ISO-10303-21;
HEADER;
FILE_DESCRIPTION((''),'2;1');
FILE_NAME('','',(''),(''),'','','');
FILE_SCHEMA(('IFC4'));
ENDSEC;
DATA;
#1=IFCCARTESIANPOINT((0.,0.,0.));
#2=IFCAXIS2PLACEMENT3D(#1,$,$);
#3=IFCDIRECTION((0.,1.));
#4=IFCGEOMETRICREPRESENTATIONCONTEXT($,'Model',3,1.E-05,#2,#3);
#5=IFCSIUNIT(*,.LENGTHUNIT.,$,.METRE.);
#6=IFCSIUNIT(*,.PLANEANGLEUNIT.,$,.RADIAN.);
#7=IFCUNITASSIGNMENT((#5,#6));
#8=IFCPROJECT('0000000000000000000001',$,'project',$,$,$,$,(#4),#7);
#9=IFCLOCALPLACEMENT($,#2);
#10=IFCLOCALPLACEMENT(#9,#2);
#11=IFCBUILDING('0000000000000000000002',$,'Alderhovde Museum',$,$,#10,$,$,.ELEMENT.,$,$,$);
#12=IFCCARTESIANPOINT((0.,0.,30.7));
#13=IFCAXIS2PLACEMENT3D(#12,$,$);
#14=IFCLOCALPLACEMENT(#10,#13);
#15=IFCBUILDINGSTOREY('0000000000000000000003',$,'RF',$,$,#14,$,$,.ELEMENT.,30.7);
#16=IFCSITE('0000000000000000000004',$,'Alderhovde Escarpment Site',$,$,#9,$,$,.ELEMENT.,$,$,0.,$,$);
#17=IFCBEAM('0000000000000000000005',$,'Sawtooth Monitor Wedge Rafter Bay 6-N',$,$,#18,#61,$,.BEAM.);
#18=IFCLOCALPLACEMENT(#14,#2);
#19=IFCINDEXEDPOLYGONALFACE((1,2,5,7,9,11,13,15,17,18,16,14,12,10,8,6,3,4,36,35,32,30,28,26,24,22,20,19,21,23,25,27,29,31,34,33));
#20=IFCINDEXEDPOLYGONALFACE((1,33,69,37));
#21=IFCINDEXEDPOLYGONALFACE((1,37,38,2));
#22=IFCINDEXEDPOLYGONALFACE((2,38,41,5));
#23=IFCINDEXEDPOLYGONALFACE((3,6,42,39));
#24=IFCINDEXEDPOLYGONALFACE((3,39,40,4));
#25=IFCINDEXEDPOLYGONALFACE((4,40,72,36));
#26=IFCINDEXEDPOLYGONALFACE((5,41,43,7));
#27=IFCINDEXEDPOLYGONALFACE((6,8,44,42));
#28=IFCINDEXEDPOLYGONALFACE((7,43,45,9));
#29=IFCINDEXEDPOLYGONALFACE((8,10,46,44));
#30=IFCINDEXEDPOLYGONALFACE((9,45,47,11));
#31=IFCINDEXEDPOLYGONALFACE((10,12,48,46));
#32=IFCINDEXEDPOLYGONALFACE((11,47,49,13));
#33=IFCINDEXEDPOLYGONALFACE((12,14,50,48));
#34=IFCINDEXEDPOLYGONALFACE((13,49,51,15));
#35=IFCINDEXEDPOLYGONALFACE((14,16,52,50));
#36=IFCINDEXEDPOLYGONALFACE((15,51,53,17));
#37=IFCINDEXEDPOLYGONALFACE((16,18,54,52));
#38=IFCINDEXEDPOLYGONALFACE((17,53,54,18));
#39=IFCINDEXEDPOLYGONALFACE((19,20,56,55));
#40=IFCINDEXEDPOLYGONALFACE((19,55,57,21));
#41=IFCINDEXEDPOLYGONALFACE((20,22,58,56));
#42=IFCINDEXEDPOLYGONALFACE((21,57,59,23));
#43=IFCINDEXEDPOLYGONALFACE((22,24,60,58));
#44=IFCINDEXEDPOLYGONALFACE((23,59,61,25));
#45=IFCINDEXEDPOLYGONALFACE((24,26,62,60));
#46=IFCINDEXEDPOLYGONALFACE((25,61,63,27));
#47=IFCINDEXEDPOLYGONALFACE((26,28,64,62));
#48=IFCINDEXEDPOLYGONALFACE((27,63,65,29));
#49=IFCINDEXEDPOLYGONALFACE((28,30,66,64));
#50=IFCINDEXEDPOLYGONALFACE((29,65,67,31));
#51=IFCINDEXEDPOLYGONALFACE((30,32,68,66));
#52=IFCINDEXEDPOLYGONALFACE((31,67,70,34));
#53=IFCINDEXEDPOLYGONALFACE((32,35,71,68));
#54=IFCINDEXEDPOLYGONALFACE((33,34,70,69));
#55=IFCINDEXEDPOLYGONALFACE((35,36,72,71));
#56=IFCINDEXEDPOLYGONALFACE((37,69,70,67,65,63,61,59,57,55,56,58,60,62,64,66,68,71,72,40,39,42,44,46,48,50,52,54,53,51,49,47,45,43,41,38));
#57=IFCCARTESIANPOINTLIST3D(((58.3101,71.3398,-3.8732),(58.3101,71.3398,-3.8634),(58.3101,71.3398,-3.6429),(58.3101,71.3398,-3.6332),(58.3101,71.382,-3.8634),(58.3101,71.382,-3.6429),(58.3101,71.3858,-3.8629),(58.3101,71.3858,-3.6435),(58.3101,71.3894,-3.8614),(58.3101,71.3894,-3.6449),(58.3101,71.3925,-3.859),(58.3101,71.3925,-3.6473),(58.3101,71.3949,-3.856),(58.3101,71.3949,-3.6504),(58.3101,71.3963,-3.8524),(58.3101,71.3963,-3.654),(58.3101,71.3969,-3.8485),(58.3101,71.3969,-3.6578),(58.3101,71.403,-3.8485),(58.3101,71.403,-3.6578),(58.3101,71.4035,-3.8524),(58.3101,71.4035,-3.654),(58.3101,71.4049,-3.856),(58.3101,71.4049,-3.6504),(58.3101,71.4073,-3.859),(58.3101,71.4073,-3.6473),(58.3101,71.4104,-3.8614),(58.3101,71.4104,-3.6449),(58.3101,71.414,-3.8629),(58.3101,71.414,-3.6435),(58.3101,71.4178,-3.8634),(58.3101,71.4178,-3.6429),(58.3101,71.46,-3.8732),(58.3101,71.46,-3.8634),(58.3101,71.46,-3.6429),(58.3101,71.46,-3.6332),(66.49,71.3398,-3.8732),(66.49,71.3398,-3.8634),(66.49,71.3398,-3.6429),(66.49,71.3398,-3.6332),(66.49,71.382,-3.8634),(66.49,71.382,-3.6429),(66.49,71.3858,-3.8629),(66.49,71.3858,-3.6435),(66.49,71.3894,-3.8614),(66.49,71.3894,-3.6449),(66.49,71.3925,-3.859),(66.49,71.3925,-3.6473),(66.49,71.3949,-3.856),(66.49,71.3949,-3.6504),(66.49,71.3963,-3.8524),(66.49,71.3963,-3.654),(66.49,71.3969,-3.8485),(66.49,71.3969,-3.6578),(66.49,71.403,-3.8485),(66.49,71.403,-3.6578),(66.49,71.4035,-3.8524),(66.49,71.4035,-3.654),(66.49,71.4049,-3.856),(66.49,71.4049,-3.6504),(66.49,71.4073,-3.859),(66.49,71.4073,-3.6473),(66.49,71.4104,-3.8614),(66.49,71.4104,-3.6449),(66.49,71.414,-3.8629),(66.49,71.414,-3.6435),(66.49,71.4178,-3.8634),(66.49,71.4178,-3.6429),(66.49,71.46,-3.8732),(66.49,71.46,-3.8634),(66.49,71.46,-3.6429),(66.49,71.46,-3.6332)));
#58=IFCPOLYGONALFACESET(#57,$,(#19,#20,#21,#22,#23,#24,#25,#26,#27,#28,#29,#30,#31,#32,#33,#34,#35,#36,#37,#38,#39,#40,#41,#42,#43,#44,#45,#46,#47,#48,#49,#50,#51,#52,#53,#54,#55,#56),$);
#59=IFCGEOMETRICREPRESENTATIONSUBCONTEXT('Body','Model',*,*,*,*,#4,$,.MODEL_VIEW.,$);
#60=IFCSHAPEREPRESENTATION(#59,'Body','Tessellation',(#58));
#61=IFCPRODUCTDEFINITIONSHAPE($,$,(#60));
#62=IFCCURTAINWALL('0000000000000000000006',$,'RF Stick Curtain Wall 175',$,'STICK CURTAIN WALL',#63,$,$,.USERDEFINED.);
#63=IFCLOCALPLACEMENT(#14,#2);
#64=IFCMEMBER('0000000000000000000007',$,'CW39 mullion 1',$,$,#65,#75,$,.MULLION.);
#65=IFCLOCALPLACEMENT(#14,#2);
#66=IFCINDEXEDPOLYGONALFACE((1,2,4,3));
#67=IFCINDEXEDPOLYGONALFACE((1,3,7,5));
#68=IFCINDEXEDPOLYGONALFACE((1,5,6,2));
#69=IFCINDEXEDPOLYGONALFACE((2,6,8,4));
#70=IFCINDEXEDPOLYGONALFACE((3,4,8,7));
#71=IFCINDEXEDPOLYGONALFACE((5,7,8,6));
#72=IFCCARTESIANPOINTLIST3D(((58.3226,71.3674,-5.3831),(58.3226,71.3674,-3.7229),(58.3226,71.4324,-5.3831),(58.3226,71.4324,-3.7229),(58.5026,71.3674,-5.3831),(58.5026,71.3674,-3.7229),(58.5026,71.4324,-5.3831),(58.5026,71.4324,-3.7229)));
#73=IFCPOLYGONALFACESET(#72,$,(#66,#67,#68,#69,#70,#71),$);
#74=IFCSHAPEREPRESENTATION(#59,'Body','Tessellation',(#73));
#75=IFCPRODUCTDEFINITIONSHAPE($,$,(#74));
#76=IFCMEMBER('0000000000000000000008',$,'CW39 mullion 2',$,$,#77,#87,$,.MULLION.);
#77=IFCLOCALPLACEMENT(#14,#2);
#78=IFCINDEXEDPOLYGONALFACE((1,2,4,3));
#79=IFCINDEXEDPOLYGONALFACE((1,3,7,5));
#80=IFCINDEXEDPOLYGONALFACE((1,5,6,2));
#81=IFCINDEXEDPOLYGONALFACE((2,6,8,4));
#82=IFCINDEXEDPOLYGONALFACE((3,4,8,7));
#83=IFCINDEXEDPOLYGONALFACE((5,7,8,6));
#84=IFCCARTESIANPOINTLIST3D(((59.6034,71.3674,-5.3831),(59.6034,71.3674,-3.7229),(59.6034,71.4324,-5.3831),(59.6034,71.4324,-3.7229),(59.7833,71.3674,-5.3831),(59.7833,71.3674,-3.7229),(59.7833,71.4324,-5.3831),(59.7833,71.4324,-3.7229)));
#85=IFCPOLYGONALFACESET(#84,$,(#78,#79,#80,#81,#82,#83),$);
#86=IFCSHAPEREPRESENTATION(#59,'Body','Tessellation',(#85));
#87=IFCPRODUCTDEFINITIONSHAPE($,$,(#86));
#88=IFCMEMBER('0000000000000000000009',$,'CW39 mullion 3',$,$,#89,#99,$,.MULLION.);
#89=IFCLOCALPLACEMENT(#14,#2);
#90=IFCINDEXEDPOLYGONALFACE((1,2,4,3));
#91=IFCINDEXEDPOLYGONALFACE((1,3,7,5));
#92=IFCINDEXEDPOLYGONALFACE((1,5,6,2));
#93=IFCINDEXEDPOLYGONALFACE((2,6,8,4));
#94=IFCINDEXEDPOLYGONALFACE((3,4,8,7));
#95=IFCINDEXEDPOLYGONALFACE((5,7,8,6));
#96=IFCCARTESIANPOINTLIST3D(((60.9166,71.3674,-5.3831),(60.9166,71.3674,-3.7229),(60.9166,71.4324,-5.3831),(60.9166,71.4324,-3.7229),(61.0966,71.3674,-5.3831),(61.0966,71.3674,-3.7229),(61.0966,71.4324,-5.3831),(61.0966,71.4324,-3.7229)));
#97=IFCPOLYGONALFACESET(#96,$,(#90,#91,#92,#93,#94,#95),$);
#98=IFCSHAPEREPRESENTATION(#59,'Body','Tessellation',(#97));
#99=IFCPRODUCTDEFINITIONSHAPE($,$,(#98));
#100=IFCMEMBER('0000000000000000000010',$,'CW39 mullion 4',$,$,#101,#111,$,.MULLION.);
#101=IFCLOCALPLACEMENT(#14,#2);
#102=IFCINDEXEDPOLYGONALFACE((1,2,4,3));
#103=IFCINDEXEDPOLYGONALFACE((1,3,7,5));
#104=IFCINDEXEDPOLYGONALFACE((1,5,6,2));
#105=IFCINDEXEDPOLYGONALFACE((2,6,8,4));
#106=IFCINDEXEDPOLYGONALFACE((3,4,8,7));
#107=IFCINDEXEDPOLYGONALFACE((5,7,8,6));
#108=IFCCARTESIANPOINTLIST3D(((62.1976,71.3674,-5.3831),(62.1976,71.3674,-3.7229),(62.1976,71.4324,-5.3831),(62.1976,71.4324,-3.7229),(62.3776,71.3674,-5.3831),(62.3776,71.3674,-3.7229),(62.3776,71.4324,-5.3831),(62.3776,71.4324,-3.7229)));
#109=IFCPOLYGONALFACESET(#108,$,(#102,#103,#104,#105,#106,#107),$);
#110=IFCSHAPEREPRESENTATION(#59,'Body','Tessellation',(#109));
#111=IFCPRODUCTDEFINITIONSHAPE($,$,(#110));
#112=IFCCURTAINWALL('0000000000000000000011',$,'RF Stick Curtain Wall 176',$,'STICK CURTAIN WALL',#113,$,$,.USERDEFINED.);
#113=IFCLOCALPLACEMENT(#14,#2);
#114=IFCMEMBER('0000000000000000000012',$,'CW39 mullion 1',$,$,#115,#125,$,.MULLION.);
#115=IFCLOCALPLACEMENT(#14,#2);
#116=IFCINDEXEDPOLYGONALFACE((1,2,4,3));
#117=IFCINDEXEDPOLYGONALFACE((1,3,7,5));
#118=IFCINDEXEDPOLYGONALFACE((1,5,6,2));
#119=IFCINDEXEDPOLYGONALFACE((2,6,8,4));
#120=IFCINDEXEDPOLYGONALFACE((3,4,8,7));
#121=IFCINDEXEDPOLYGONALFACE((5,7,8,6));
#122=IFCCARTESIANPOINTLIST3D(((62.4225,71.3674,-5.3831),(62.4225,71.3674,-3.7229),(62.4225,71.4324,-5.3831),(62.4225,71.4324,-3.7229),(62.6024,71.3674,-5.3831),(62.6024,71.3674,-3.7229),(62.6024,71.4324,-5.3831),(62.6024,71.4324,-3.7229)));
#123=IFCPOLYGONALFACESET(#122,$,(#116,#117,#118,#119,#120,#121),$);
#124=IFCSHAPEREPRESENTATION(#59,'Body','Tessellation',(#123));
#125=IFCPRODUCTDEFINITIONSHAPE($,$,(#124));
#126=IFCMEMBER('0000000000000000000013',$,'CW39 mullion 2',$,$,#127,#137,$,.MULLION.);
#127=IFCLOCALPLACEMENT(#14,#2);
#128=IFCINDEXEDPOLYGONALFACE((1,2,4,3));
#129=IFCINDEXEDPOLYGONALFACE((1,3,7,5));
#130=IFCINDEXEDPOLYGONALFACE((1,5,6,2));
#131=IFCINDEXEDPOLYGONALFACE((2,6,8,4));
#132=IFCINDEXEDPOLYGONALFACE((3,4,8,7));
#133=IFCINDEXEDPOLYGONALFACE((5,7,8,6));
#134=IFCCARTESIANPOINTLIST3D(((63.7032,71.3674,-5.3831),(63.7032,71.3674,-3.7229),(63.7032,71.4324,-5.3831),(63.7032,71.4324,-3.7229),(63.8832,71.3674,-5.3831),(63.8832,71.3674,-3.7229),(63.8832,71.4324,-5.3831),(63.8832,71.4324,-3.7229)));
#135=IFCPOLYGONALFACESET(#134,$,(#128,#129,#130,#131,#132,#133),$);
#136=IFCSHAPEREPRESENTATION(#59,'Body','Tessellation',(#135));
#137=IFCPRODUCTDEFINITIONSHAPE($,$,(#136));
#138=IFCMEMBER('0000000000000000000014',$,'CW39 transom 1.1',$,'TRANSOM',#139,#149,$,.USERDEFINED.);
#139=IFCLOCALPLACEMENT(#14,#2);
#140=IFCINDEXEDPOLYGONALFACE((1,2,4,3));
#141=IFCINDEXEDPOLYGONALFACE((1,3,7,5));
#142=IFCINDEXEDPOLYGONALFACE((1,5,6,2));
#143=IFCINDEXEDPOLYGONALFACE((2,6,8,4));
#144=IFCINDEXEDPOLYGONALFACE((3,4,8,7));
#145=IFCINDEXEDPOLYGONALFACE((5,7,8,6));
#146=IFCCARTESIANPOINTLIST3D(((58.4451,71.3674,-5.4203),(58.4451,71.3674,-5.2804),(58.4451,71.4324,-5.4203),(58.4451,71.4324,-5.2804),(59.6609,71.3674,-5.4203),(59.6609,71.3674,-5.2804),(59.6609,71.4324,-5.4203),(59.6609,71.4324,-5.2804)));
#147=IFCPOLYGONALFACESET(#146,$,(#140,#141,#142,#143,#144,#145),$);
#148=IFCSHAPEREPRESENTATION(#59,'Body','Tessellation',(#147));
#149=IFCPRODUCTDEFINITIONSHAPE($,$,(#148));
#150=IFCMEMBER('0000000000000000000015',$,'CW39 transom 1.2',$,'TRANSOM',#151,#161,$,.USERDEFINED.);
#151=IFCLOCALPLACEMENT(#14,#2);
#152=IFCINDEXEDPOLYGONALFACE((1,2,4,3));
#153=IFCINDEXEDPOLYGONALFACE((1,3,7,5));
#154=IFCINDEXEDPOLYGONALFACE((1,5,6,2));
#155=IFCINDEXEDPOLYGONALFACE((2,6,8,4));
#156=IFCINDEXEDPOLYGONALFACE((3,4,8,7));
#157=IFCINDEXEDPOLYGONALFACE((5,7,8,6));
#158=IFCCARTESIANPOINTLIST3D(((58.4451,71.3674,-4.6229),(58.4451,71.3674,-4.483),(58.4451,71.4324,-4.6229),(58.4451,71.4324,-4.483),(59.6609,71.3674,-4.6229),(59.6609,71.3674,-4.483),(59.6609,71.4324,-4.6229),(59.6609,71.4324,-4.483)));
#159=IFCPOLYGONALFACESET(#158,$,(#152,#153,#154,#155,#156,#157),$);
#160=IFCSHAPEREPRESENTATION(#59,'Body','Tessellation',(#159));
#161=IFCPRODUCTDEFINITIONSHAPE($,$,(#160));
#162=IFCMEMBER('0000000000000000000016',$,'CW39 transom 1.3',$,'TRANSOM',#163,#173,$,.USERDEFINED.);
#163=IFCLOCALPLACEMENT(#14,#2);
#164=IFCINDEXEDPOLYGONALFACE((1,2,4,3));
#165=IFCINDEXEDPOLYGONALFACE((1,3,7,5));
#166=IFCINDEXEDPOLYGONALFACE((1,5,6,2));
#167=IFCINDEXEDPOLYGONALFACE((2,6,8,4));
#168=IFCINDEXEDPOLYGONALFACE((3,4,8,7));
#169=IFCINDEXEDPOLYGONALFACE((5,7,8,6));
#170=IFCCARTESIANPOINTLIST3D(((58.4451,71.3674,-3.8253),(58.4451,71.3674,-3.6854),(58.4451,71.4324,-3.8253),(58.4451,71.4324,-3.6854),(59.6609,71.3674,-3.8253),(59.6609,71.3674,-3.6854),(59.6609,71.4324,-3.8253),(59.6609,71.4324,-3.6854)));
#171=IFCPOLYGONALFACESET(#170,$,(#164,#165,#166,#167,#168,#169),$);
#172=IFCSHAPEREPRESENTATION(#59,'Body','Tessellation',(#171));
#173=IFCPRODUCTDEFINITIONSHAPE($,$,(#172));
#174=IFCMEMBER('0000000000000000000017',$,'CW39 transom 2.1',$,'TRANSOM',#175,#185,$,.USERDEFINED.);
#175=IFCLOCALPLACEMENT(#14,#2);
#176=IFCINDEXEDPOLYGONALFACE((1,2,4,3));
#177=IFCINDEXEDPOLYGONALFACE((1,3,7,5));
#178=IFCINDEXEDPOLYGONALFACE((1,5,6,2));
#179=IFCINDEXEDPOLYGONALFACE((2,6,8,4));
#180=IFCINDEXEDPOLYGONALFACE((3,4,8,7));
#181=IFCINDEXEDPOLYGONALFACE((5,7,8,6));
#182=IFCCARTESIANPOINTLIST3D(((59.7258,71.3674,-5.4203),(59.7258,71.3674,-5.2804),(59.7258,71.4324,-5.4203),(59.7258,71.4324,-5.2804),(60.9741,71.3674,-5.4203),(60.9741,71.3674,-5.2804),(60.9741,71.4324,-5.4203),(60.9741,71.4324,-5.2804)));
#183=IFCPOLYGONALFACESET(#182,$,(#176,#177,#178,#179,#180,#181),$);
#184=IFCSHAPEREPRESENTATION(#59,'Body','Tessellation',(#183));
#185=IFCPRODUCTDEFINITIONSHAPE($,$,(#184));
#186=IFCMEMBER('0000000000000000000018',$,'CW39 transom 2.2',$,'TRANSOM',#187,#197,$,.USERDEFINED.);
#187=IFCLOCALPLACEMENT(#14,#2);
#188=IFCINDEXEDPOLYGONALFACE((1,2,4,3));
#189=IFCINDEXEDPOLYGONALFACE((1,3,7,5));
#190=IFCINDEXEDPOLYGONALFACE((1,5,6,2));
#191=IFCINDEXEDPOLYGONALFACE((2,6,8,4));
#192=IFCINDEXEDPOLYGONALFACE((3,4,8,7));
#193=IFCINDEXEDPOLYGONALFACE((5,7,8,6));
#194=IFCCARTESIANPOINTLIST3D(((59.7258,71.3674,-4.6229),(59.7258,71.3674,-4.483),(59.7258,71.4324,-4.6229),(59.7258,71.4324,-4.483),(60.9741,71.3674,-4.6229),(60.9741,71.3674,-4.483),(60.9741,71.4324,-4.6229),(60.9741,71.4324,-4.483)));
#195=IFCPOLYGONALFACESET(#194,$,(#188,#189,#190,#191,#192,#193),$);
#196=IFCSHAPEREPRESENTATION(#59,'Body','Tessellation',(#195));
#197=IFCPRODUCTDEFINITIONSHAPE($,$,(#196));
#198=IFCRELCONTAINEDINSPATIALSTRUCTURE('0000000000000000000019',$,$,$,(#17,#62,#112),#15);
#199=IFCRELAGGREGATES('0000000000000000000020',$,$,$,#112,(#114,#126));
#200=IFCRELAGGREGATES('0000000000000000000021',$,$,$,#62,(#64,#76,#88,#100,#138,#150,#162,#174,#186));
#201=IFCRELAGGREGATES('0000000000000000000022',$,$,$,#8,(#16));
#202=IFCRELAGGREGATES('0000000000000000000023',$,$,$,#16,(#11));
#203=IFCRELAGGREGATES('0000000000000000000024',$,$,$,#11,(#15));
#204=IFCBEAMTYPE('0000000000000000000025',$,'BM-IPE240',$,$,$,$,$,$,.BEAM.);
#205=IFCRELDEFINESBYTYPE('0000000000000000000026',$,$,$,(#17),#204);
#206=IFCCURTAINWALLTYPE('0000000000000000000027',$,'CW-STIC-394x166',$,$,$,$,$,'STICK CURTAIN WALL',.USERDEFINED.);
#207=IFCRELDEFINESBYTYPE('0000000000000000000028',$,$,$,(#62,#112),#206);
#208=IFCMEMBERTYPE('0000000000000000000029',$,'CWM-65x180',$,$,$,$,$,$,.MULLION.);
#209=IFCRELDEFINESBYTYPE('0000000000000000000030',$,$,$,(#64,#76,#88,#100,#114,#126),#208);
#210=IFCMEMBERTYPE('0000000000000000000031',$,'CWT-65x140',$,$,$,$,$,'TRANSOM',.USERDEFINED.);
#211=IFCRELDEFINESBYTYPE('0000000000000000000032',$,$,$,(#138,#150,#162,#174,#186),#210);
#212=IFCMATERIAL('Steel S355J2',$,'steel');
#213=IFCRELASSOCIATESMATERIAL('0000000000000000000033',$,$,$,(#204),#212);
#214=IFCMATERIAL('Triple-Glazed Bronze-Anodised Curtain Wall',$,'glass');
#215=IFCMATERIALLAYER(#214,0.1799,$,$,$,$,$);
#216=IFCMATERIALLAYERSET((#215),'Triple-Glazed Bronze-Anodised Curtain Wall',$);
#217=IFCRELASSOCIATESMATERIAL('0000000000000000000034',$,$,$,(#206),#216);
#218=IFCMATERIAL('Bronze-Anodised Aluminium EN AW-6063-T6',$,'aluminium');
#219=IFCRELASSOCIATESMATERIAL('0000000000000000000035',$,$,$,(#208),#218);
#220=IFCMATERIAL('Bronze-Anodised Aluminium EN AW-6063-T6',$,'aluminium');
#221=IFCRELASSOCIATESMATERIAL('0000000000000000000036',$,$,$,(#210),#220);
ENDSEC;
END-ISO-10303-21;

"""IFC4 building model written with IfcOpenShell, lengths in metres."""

from ifc_helpers import new_model, si_unit, direction, frame, origin, origin_2d, place, context, subcontext, project, spatial, rectangle, i_section, extrude, material, layer, layer_set, material_profile, profile_set, type_object, element, aggregate, save


model = new_model("IFC4")

# Units and contexts
model_context = context("Model", 3, precision=1e-05, world=origin(), true_north=direction((0.0, 1.0)))
body_context = subcontext(model_context, "Body", "Model", "MODEL_VIEW")
ifc_project = project(units=[si_unit("LENGTHUNIT", "METRE"), si_unit("PLANEANGLEUNIT", "RADIAN")], contexts=[model_context])

# Site, building, storey
site_placement = place(None, origin())
site = spatial("IfcSite", under=ifc_project, at=site_placement, Name="Alderhovde Escarpment Site", CompositionType="ELEMENT", RefElevation=0.0)
building_placement = place(site_placement, origin())
building = spatial("IfcBuilding", under=site, at=building_placement, Name="Alderhovde Museum", CompositionType="ELEMENT")
storey_placement = place(building_placement, frame((0.0, 0.0, 30.7)))
storey = spatial("IfcBuildingStorey", under=building, at=storey_placement, Name="RF", CompositionType="ELEMENT", Elevation=30.7)

# Beam
ifc_material_1 = material(Name="Steel S355J2", Category="steel")
ifc_material_profile_1 = material_profile(ifc_material_1, i_section(OverallWidth=0.1201, OverallDepth=0.24, WebThickness=0.0061, FlangeThickness=0.0098, FilletRadius=0.0149, at=origin_2d()), Name="IPE 240")
ifc_profile_set_1 = profile_set([ifc_material_profile_1], Name="Steel S355J2")
beam_type = type_object("IfcBeamType", Name="BM-IPE240", PredefinedType="BEAM", material=ifc_profile_set_1)
beam_placement = place(storey_placement, frame((58.3101, 71.3999, -3.7532), z_axis=(1.0, 0.0, 0.0), x_axis=(0.0, 1.0, 0.0)))
element("IfcBeam", 1, at=beam_placement, inside=storey, type_object=beam_type, Name="Sawtooth Monitor Wedge Rafter Bay 6-N", PredefinedType="BEAM", context=body_context, shape_type="SweptSolid", body=[
    extrude(i_section(OverallWidth=0.1201, OverallDepth=0.24, WebThickness=0.0061, FlangeThickness=0.0098, FilletRadius=0.0149, at=origin_2d()), origin(), (0.0, 0.0, 1.0), 8.1799),
])

# Curtain walls, members
ifc_material_2 = material(Name="Triple-Glazed Bronze-Anodised Curtain Wall", Category="glass")
ifc_layer_1 = layer(ifc_material_2, 0.1799)
ifc_layer_set_1 = layer_set([ifc_layer_1], Name="Triple-Glazed Bronze-Anodised Curtain Wall")
curtain_wall_type = type_object("IfcCurtainWallType", Name="CW-STIC-394x166", ElementType="STICK CURTAIN WALL", PredefinedType="USERDEFINED", material=ifc_layer_set_1)
curtain_wall_1_placement = place(storey_placement, origin())
curtain_wall_1 = element("IfcCurtainWall", 2, at=curtain_wall_1_placement, inside=storey, type_object=curtain_wall_type, Name="RF Stick Curtain Wall 175", ObjectType="STICK CURTAIN WALL", PredefinedType="USERDEFINED")
ifc_material_3 = material(Name="Bronze-Anodised Aluminium EN AW-6063-T6", Category="aluminium")
ifc_material_profile_2 = material_profile(ifc_material_3, rectangle(XDim=0.0649, YDim=0.1799, at=origin_2d()), Name="MULLION 65x180")
ifc_profile_set_2 = profile_set([ifc_material_profile_2], Name="Bronze-Anodised Aluminium EN AW-6063-T6")
member_type_1 = type_object("IfcMemberType", Name="CWM-65x180", PredefinedType="MULLION", material=ifc_profile_set_2)
member_1_placement = place(storey_placement, frame((58.4126, 71.3999, -5.3831), z_axis=(0.0, 0.0, 1.0), x_axis=(0.0, 1.0, 0.0)))
member_1 = element("IfcMember", 3, at=member_1_placement, type_object=member_type_1, Name="CW39 mullion 1", PredefinedType="MULLION", context=body_context, shape_type="SweptSolid", body=[
    extrude(rectangle(XDim=0.0649, YDim=0.1799, at=origin_2d()), origin(), (0.0, 0.0, 1.0), 1.6602),
])
member_2_placement = place(storey_placement, frame((59.6934, 71.3999, -5.3831), z_axis=(0.0, 0.0, 1.0), x_axis=(0.0, 1.0, 0.0)))
member_2 = element("IfcMember", 4, at=member_2_placement, type_object=member_type_1, Name="CW39 mullion 2", PredefinedType="MULLION", context=body_context, shape_type="SweptSolid", body=[
    extrude(rectangle(XDim=0.0649, YDim=0.1799, at=origin_2d()), origin(), (0.0, 0.0, 1.0), 1.6602),
])
member_3_placement = place(storey_placement, frame((61.0066, 71.3999, -5.3831), z_axis=(0.0, 0.0, 1.0), x_axis=(0.0, 1.0, 0.0)))
member_3 = element("IfcMember", 5, at=member_3_placement, type_object=member_type_1, Name="CW39 mullion 3", PredefinedType="MULLION", context=body_context, shape_type="SweptSolid", body=[
    extrude(rectangle(XDim=0.0649, YDim=0.1799, at=origin_2d()), origin(), (0.0, 0.0, 1.0), 1.6602),
])
member_4_placement = place(storey_placement, frame((62.2876, 71.3999, -5.3831), z_axis=(0.0, 0.0, 1.0), x_axis=(0.0, 1.0, 0.0)))
member_4 = element("IfcMember", 6, at=member_4_placement, type_object=member_type_1, Name="CW39 mullion 4", PredefinedType="MULLION", context=body_context, shape_type="SweptSolid", body=[
    extrude(rectangle(XDim=0.0649, YDim=0.1799, at=origin_2d()), origin(), (0.0, 0.0, 1.0), 1.6602),
])
curtain_wall_2_placement = place(storey_placement, origin())
curtain_wall_2 = element("IfcCurtainWall", 7, at=curtain_wall_2_placement, inside=storey, type_object=curtain_wall_type, Name="RF Stick Curtain Wall 176", ObjectType="STICK CURTAIN WALL", PredefinedType="USERDEFINED")
member_5_placement = place(storey_placement, frame((62.5125, 71.3999, -5.3831), z_axis=(0.0, 0.0, 1.0), x_axis=(0.0, 1.0, 0.0)))
member_5 = element("IfcMember", 8, at=member_5_placement, type_object=member_type_1, Name="CW39 mullion 1", PredefinedType="MULLION", context=body_context, shape_type="SweptSolid", body=[
    extrude(rectangle(XDim=0.0649, YDim=0.1799, at=origin_2d()), origin(), (0.0, 0.0, 1.0), 1.6602),
])
member_6_placement = place(storey_placement, frame((63.7932, 71.3999, -5.3831), z_axis=(0.0, 0.0, 1.0), x_axis=(0.0, 1.0, 0.0)))
member_6 = element("IfcMember", 9, at=member_6_placement, type_object=member_type_1, Name="CW39 mullion 2", PredefinedType="MULLION", context=body_context, shape_type="SweptSolid", body=[
    extrude(rectangle(XDim=0.0649, YDim=0.1799, at=origin_2d()), origin(), (0.0, 0.0, 1.0), 1.6602),
])

# Members
ifc_material_4 = material(Name="Bronze-Anodised Aluminium EN AW-6063-T6", Category="aluminium")
ifc_material_profile_3 = material_profile(ifc_material_4, rectangle(XDim=0.0649, YDim=0.1399, at=origin_2d()), Name="TRANSOM 65x140")
ifc_profile_set_3 = profile_set([ifc_material_profile_3], Name="Bronze-Anodised Aluminium EN AW-6063-T6")
member_type_2 = type_object("IfcMemberType", Name="CWT-65x140", ElementType="TRANSOM", PredefinedType="USERDEFINED", material=ifc_profile_set_3)
member_7_placement = place(storey_placement, frame((58.4451, 71.3999, -5.3503), z_axis=(1.0, 0.0, 0.0), x_axis=(0.0, 1.0, 0.0)))
member_7 = element("IfcMember", 10, at=member_7_placement, type_object=member_type_2, Name="CW39 transom 1.1", ObjectType="TRANSOM", PredefinedType="USERDEFINED", context=body_context, shape_type="SweptSolid", body=[
    extrude(rectangle(XDim=0.0649, YDim=0.1399, at=origin_2d()), origin(), (0.0, 0.0, 1.0), 1.2158),
])
member_8_placement = place(storey_placement, frame((58.4451, 71.3999, -4.553), z_axis=(1.0, 0.0, 0.0), x_axis=(0.0, 1.0, 0.0)))
member_8 = element("IfcMember", 11, at=member_8_placement, type_object=member_type_2, Name="CW39 transom 1.2", ObjectType="TRANSOM", PredefinedType="USERDEFINED", context=body_context, shape_type="SweptSolid", body=[
    extrude(rectangle(XDim=0.0649, YDim=0.1399, at=origin_2d()), origin(), (0.0, 0.0, 1.0), 1.2158),
])
member_9_placement = place(storey_placement, frame((58.4451, 71.3999, -3.7554), z_axis=(1.0, 0.0, 0.0), x_axis=(0.0, 1.0, 0.0)))
member_9 = element("IfcMember", 12, at=member_9_placement, type_object=member_type_2, Name="CW39 transom 1.3", ObjectType="TRANSOM", PredefinedType="USERDEFINED", context=body_context, shape_type="SweptSolid", body=[
    extrude(rectangle(XDim=0.0649, YDim=0.1399, at=origin_2d()), origin(), (0.0, 0.0, 1.0), 1.2158),
])
member_10_placement = place(storey_placement, frame((59.7258, 71.3999, -5.3503), z_axis=(1.0, 0.0, 0.0), x_axis=(0.0, 1.0, 0.0)))
member_10 = element("IfcMember", 13, at=member_10_placement, type_object=member_type_2, Name="CW39 transom 2.1", ObjectType="TRANSOM", PredefinedType="USERDEFINED", context=body_context, shape_type="SweptSolid", body=[
    extrude(rectangle(XDim=0.0649, YDim=0.1399, at=origin_2d()), origin(), (0.0, 0.0, 1.0), 1.2483),
])
member_11_placement = place(storey_placement, frame((59.7258, 71.3999, -4.553), z_axis=(1.0, 0.0, 0.0), x_axis=(0.0, 1.0, 0.0)))
member_11 = element("IfcMember", 14, at=member_11_placement, type_object=member_type_2, Name="CW39 transom 2.2", ObjectType="TRANSOM", PredefinedType="USERDEFINED", context=body_context, shape_type="SweptSolid", body=[
    extrude(rectangle(XDim=0.0649, YDim=0.1399, at=origin_2d()), origin(), (0.0, 0.0, 1.0), 1.2483),
])

aggregate(curtain_wall_2, [member_5, member_6])
aggregate(curtain_wall_1, [member_1, member_2, member_3, member_4, member_7, member_8, member_9, member_10, member_11])

save(model, "model.ifc")
